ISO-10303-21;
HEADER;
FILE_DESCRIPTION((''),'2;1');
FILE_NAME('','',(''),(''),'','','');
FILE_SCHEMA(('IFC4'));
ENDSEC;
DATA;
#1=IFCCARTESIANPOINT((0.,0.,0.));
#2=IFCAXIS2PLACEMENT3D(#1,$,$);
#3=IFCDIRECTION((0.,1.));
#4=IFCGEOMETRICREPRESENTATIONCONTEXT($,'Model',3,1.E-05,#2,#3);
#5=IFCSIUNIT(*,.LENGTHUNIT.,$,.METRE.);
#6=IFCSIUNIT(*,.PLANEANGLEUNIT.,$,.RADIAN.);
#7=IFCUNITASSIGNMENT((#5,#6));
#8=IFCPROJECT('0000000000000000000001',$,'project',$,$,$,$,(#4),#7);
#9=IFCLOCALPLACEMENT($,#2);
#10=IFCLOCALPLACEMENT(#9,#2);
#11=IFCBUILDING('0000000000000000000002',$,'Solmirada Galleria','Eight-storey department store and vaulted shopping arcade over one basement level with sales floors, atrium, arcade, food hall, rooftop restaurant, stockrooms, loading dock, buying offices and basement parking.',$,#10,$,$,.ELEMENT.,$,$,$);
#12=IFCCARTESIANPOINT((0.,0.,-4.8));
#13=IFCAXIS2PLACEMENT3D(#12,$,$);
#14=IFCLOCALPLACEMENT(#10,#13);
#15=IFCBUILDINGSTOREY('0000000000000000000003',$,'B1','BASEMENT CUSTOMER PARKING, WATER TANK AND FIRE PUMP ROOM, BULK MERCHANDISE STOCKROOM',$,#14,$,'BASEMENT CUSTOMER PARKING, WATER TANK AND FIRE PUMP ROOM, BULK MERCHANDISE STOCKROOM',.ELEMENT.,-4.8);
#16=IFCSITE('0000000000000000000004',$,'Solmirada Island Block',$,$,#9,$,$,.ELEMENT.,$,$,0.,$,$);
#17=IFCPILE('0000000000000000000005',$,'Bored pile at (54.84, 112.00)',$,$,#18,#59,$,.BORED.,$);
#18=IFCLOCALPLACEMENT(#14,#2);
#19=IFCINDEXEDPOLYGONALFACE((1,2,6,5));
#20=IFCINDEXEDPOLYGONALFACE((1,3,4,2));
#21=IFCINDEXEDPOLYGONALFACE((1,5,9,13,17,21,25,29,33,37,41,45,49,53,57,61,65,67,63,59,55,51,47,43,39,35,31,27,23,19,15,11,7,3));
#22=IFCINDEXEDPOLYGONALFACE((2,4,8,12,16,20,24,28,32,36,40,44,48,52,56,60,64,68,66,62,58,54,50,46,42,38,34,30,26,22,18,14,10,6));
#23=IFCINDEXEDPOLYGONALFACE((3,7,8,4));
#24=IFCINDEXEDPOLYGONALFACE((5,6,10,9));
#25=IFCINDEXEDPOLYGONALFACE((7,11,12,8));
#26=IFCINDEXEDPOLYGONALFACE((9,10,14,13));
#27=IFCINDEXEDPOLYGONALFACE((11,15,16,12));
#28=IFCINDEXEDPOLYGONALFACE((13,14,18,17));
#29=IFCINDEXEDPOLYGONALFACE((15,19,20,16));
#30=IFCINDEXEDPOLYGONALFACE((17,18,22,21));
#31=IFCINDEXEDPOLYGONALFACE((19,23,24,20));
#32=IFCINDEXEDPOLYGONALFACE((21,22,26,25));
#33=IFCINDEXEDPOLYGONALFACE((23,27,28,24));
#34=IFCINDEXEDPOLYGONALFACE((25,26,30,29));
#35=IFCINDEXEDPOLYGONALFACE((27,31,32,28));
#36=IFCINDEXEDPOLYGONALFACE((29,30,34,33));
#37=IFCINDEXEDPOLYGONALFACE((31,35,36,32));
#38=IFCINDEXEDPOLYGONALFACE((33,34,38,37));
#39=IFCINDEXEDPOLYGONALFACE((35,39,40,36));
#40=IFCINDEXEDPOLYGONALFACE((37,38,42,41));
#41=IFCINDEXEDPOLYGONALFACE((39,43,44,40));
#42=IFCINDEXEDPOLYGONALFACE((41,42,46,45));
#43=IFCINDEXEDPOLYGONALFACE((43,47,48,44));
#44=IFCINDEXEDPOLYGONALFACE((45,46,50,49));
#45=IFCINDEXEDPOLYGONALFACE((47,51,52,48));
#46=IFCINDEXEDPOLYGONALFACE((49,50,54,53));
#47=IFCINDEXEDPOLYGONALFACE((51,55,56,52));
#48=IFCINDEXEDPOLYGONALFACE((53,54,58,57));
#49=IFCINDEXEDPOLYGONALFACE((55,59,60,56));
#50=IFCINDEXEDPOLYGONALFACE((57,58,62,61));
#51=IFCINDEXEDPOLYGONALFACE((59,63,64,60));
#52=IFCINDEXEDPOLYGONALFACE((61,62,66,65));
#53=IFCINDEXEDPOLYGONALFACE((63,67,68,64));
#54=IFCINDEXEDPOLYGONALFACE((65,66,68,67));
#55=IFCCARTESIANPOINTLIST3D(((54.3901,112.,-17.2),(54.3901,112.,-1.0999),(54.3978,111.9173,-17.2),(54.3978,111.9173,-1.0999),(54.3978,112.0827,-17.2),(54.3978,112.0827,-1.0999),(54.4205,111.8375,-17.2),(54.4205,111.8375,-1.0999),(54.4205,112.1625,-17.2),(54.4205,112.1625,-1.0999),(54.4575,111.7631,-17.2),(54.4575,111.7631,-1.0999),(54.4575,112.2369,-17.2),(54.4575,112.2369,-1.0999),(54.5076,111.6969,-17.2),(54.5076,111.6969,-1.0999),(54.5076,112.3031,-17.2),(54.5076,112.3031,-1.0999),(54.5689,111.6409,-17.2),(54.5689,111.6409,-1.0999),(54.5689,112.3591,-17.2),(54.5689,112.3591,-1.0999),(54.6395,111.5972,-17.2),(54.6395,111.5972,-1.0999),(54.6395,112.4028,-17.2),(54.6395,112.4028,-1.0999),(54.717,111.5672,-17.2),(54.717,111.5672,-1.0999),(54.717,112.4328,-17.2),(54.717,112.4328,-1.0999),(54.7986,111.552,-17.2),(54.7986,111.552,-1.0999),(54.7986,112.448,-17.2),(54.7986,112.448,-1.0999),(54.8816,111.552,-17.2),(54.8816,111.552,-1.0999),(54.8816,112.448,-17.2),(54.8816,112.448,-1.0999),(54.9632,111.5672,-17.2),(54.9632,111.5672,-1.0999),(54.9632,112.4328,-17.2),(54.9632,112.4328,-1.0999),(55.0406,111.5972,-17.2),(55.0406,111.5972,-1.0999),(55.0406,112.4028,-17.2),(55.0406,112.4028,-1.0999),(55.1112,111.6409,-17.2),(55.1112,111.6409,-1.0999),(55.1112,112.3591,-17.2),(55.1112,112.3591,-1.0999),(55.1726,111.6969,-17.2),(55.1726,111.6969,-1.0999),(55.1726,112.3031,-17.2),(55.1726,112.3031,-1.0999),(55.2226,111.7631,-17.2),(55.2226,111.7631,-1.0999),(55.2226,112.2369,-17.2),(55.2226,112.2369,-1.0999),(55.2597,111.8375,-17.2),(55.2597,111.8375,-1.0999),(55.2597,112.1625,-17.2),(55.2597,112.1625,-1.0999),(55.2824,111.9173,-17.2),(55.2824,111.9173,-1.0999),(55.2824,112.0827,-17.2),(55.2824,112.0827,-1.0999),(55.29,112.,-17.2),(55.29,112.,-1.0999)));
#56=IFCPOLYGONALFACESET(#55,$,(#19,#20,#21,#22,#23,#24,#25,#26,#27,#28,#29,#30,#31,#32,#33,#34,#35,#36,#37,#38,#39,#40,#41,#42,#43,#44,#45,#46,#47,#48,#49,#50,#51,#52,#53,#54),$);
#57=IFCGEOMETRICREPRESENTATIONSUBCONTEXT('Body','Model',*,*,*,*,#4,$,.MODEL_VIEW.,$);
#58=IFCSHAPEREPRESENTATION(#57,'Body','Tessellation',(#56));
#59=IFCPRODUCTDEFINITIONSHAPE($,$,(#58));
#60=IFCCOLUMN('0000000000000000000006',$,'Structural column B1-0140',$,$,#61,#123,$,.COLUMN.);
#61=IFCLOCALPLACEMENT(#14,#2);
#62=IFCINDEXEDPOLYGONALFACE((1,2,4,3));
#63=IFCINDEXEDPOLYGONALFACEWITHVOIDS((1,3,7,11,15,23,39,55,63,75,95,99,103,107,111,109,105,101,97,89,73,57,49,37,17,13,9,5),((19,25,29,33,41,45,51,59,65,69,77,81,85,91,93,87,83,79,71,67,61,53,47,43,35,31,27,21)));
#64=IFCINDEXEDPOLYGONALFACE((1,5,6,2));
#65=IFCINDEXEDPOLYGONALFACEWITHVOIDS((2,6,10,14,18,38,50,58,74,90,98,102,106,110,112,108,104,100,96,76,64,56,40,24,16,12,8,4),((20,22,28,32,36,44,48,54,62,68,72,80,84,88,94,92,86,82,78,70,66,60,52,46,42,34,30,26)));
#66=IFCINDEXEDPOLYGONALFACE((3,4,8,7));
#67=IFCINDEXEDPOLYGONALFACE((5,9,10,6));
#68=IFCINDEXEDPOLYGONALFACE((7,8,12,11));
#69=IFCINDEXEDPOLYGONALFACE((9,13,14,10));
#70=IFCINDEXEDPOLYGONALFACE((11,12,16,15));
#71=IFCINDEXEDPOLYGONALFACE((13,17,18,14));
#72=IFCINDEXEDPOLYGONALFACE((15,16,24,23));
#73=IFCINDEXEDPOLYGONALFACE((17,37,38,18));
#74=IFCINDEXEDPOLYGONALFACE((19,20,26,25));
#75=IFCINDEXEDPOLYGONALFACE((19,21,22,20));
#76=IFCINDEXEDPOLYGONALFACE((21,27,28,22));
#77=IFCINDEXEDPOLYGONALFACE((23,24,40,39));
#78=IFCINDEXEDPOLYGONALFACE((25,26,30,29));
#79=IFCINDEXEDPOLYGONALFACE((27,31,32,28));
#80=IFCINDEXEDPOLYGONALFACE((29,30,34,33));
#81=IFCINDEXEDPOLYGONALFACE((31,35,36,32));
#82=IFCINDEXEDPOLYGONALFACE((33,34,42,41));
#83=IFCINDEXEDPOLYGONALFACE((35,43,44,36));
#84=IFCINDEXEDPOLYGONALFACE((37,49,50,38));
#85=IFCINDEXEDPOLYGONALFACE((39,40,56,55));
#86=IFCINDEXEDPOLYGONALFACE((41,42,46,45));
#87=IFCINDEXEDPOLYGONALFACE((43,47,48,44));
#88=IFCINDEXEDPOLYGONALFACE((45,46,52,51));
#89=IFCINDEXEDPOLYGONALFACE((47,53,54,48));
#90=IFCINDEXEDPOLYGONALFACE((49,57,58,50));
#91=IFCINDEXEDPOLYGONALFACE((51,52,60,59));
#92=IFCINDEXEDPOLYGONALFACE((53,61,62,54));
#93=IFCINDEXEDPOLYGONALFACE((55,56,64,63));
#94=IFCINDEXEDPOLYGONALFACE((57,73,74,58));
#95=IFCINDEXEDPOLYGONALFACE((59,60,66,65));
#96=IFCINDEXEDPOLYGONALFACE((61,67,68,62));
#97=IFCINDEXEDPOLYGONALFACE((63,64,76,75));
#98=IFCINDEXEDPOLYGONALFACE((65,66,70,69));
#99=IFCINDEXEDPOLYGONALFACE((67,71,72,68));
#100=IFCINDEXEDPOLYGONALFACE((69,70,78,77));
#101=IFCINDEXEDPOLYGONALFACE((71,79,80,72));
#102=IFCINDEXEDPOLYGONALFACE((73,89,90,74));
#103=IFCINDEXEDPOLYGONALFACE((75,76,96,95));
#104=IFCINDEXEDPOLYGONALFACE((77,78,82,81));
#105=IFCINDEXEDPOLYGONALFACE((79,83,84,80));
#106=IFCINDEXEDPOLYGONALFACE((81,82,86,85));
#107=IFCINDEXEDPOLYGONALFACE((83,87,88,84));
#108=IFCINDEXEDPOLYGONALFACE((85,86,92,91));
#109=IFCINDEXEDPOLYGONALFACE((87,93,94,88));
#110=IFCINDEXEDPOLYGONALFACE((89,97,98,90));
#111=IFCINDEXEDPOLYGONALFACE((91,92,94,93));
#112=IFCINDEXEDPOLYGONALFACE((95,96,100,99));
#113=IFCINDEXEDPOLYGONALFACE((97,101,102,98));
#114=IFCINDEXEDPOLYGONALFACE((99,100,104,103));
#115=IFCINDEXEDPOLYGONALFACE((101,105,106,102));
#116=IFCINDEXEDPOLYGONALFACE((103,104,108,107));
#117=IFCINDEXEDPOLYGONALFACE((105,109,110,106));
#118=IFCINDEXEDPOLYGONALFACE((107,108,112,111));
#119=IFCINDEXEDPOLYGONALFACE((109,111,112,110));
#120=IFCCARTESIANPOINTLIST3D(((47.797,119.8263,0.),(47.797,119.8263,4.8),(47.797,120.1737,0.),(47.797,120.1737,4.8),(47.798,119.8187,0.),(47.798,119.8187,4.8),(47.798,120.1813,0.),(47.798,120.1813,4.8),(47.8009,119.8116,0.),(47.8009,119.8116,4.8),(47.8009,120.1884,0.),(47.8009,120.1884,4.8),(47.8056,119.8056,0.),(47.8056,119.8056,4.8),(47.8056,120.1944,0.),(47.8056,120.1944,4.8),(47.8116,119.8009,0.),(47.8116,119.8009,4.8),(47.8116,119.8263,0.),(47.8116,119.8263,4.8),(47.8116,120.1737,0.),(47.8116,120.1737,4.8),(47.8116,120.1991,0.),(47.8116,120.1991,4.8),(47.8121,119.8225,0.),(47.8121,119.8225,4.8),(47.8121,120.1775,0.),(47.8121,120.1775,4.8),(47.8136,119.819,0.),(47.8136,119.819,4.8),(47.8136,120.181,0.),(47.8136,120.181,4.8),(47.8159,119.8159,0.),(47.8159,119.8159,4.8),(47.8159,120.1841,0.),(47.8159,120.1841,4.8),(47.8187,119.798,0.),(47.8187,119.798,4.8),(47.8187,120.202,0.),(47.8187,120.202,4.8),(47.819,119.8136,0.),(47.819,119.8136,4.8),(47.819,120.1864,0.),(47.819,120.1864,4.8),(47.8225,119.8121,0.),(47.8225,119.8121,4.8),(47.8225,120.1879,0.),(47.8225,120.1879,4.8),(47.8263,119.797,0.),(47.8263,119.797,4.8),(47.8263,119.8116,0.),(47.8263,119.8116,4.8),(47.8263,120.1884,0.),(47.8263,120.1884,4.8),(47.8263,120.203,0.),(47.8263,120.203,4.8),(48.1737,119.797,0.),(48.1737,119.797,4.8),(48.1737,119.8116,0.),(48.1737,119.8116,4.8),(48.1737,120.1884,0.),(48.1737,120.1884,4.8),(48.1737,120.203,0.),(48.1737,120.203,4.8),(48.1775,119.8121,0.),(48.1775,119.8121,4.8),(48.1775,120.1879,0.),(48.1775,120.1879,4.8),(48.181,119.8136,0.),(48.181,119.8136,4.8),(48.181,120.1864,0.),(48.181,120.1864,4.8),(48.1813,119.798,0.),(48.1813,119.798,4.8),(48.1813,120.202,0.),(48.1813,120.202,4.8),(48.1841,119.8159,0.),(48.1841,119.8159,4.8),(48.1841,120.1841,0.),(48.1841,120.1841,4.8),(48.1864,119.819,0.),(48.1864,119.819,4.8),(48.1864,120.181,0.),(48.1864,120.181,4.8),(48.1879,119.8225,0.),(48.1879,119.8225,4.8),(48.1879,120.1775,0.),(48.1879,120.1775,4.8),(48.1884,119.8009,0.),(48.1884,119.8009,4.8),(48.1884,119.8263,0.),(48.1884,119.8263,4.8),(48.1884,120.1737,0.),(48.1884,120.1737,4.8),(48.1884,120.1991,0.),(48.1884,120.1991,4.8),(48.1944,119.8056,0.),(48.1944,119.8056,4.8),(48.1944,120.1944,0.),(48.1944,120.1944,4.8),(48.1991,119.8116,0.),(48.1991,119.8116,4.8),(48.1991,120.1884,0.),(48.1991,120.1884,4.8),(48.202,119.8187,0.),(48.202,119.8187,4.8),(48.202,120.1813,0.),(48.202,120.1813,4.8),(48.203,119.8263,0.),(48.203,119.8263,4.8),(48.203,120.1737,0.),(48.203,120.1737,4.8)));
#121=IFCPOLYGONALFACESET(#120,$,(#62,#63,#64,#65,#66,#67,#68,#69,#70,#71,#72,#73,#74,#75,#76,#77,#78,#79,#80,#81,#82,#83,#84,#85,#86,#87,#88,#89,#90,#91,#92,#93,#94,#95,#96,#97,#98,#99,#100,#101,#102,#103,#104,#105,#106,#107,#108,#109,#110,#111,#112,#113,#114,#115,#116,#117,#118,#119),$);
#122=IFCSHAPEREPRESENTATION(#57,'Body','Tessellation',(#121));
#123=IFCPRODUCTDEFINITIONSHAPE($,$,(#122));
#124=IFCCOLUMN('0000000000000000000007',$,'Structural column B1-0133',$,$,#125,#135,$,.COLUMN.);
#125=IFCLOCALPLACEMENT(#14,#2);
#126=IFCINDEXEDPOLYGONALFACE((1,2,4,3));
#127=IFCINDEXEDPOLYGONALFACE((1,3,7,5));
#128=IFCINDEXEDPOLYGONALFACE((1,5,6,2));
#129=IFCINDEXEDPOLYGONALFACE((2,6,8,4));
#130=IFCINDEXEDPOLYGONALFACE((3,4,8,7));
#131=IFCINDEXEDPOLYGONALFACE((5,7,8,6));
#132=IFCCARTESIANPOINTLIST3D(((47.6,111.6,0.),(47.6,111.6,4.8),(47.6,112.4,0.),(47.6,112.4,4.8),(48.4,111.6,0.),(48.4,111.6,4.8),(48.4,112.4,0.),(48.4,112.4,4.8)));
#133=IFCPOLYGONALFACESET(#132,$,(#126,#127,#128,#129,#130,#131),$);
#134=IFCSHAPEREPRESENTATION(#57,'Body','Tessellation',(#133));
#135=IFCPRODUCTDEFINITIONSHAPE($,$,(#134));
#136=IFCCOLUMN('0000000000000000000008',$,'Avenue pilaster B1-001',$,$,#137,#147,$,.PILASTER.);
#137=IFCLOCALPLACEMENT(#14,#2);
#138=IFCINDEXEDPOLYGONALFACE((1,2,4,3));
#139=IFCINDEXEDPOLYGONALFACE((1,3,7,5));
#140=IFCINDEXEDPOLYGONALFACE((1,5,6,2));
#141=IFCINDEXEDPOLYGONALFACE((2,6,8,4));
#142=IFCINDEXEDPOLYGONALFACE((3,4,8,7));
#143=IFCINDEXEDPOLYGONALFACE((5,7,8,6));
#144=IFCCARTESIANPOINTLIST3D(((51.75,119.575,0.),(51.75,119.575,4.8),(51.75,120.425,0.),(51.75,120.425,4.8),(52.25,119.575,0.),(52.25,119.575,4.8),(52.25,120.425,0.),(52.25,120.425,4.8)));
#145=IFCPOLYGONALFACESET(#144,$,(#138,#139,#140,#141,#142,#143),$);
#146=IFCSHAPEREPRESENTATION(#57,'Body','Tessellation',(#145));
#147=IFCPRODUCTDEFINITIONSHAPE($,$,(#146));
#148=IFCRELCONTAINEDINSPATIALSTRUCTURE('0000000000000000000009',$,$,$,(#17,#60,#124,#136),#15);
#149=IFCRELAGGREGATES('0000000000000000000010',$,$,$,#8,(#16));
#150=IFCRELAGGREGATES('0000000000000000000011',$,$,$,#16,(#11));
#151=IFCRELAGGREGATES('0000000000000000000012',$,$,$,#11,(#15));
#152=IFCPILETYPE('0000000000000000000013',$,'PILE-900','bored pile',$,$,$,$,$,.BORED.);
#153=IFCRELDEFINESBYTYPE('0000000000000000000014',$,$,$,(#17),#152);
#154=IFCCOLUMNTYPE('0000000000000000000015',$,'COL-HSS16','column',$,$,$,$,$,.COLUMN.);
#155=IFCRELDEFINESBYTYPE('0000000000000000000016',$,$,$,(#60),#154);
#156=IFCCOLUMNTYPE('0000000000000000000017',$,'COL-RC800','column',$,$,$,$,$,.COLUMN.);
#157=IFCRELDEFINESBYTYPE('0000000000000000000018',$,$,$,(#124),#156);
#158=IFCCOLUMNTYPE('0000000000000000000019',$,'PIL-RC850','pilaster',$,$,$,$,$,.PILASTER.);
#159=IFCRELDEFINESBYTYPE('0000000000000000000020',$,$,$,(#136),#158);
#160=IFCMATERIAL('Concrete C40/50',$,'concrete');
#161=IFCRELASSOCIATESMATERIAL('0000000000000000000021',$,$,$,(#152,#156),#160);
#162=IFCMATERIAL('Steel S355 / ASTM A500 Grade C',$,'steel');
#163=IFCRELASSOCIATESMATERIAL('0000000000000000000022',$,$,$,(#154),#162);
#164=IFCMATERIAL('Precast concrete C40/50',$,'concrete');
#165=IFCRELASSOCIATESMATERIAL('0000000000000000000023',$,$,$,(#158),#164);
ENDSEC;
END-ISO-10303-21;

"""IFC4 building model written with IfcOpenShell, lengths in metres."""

from ifc_helpers import new_model, si_unit, direction, frame, origin, origin_2d, place, context, subcontext, project, spatial, rectangle, hollow_rectangle, circle, extrude, material, material_profile, profile_set, type_object, element, save


model = new_model("IFC4")

# Units and contexts
model_context = context("Model", 3, precision=1e-05, world=origin(), true_north=direction((0.0, 1.0)))
body_context = subcontext(model_context, "Body", "Model", "MODEL_VIEW")
ifc_project = project(units=[si_unit("LENGTHUNIT", "METRE"), si_unit("PLANEANGLEUNIT", "RADIAN")], contexts=[model_context])

# Site, building, storey
site_placement = place(None, origin())
site = spatial("IfcSite", under=ifc_project, at=site_placement, Name="Solmirada Island Block", CompositionType="ELEMENT", RefElevation=0.0)
building_placement = place(site_placement, origin())
building = spatial("IfcBuilding", under=site, at=building_placement, Name="Solmirada Galleria", Description="Eight-storey department store and vaulted shopping arcade over one basement level with sales floors, atrium, arcade, food hall, rooftop restaurant, stockrooms, loading dock, buying offices and basement parking.", CompositionType="ELEMENT")
storey_placement = place(building_placement, frame((0.0, 0.0, -4.8)))
storey = spatial("IfcBuildingStorey", under=building, at=storey_placement, Name="B1", Description="BASEMENT CUSTOMER PARKING, WATER TANK AND FIRE PUMP ROOM, BULK MERCHANDISE STOCKROOM", LongName="BASEMENT CUSTOMER PARKING, WATER TANK AND FIRE PUMP ROOM, BULK MERCHANDISE STOCKROOM", CompositionType="ELEMENT", Elevation=-4.8)

# Pile
ifc_material_1 = material(Name="Concrete C40/50", Category="concrete")
ifc_material_profile_1 = material_profile(ifc_material_1, circle(Radius=0.45, at=origin_2d()), Name="PILE900")
ifc_profile_set_1 = profile_set([ifc_material_profile_1], Name="Concrete C40/50")
pile_type_1 = type_object("IfcPileType", Name="PILE-900", Description="bored pile", PredefinedType="BORED", material=ifc_profile_set_1)
pile_1_placement = place(storey_placement, frame((54.8401, 112.0, -1.0999), z_axis=(0.0, 0.0, -1.0), x_axis=(1.0, 0.0, 0.0)))
element("IfcPile", 1, at=pile_1_placement, inside=storey, type_object=pile_type_1, Name="Bored pile at (54.84, 112.00)", PredefinedType="BORED", context=body_context, shape_type="SweptSolid", body=[
    extrude(circle(Radius=0.45, at=origin_2d()), origin(), (0.0, 0.0, 1.0), 16.1001),
])

# Columns
ifc_material_2 = material(Name="Steel S355 / ASTM A500 Grade C", Category="steel")
ifc_material_profile_2 = material_profile(ifc_material_2, hollow_rectangle(XDim=0.406, YDim=0.406, WallThickness=0.0146, InnerFilletRadius=0.0146, OuterFilletRadius=0.0293, at=origin_2d()), Name="HSS16X16X5/8")
ifc_profile_set_2 = profile_set([ifc_material_profile_2], Name="Steel S355 / ASTM A500 Grade C")
column_type_1 = type_object("IfcColumnType", Name="COL-HSS16", Description="column", PredefinedType="COLUMN", material=ifc_profile_set_2)
column_1_placement = place(storey_placement, frame((48.0, 120.0, 0.0), z_axis=(0.0, 0.0, 1.0), x_axis=(1.0, 0.0, 0.0)))
element("IfcColumn", 2, at=column_1_placement, inside=storey, type_object=column_type_1, Name="Structural column B1-0140", PredefinedType="COLUMN", context=body_context, shape_type="SweptSolid", body=[
    extrude(hollow_rectangle(XDim=0.406, YDim=0.406, WallThickness=0.0146, InnerFilletRadius=0.0146, OuterFilletRadius=0.0293, at=origin_2d()), origin(), (0.0, 0.0, 1.0), 4.8),
])
ifc_material_profile_3 = material_profile(ifc_material_1, rectangle(XDim=0.8, YDim=0.8, at=origin_2d()), Name="RC800X800")
ifc_profile_set_3 = profile_set([ifc_material_profile_3], Name="Concrete C40/50")
column_type_2 = type_object("IfcColumnType", Name="COL-RC800", Description="column", PredefinedType="COLUMN", material=ifc_profile_set_3)
column_2_placement = place(storey_placement, frame((48.0, 112.0, 0.0), z_axis=(0.0, 0.0, 1.0), x_axis=(1.0, 0.0, 0.0)))
element("IfcColumn", 3, at=column_2_placement, inside=storey, type_object=column_type_2, Name="Structural column B1-0133", PredefinedType="COLUMN", context=body_context, shape_type="SweptSolid", body=[
    extrude(rectangle(XDim=0.8, YDim=0.8, at=origin_2d()), origin(), (0.0, 0.0, 1.0), 4.8),
])
ifc_material_3 = material(Name="Precast concrete C40/50", Category="concrete")
ifc_material_profile_4 = material_profile(ifc_material_3, rectangle(XDim=0.5, YDim=0.8501, at=origin_2d()), Name="RC850X500")
ifc_profile_set_4 = profile_set([ifc_material_profile_4], Name="Precast concrete C40/50")
column_type_3 = type_object("IfcColumnType", Name="PIL-RC850", Description="pilaster", PredefinedType="PILASTER", material=ifc_profile_set_4)
column_3_placement = place(storey_placement, frame((52.0, 120.0, 0.0), z_axis=(0.0, 0.0, 1.0), x_axis=(1.0, 0.0, 0.0)))
element("IfcColumn", 4, at=column_3_placement, inside=storey, type_object=column_type_3, Name="Avenue pilaster B1-001", PredefinedType="PILASTER", context=body_context, shape_type="SweptSolid", body=[
    extrude(rectangle(XDim=0.5, YDim=0.8501, at=origin_2d()), origin(), (0.0, 0.0, 1.0), 4.8),
])

save(model, "model.ifc")
